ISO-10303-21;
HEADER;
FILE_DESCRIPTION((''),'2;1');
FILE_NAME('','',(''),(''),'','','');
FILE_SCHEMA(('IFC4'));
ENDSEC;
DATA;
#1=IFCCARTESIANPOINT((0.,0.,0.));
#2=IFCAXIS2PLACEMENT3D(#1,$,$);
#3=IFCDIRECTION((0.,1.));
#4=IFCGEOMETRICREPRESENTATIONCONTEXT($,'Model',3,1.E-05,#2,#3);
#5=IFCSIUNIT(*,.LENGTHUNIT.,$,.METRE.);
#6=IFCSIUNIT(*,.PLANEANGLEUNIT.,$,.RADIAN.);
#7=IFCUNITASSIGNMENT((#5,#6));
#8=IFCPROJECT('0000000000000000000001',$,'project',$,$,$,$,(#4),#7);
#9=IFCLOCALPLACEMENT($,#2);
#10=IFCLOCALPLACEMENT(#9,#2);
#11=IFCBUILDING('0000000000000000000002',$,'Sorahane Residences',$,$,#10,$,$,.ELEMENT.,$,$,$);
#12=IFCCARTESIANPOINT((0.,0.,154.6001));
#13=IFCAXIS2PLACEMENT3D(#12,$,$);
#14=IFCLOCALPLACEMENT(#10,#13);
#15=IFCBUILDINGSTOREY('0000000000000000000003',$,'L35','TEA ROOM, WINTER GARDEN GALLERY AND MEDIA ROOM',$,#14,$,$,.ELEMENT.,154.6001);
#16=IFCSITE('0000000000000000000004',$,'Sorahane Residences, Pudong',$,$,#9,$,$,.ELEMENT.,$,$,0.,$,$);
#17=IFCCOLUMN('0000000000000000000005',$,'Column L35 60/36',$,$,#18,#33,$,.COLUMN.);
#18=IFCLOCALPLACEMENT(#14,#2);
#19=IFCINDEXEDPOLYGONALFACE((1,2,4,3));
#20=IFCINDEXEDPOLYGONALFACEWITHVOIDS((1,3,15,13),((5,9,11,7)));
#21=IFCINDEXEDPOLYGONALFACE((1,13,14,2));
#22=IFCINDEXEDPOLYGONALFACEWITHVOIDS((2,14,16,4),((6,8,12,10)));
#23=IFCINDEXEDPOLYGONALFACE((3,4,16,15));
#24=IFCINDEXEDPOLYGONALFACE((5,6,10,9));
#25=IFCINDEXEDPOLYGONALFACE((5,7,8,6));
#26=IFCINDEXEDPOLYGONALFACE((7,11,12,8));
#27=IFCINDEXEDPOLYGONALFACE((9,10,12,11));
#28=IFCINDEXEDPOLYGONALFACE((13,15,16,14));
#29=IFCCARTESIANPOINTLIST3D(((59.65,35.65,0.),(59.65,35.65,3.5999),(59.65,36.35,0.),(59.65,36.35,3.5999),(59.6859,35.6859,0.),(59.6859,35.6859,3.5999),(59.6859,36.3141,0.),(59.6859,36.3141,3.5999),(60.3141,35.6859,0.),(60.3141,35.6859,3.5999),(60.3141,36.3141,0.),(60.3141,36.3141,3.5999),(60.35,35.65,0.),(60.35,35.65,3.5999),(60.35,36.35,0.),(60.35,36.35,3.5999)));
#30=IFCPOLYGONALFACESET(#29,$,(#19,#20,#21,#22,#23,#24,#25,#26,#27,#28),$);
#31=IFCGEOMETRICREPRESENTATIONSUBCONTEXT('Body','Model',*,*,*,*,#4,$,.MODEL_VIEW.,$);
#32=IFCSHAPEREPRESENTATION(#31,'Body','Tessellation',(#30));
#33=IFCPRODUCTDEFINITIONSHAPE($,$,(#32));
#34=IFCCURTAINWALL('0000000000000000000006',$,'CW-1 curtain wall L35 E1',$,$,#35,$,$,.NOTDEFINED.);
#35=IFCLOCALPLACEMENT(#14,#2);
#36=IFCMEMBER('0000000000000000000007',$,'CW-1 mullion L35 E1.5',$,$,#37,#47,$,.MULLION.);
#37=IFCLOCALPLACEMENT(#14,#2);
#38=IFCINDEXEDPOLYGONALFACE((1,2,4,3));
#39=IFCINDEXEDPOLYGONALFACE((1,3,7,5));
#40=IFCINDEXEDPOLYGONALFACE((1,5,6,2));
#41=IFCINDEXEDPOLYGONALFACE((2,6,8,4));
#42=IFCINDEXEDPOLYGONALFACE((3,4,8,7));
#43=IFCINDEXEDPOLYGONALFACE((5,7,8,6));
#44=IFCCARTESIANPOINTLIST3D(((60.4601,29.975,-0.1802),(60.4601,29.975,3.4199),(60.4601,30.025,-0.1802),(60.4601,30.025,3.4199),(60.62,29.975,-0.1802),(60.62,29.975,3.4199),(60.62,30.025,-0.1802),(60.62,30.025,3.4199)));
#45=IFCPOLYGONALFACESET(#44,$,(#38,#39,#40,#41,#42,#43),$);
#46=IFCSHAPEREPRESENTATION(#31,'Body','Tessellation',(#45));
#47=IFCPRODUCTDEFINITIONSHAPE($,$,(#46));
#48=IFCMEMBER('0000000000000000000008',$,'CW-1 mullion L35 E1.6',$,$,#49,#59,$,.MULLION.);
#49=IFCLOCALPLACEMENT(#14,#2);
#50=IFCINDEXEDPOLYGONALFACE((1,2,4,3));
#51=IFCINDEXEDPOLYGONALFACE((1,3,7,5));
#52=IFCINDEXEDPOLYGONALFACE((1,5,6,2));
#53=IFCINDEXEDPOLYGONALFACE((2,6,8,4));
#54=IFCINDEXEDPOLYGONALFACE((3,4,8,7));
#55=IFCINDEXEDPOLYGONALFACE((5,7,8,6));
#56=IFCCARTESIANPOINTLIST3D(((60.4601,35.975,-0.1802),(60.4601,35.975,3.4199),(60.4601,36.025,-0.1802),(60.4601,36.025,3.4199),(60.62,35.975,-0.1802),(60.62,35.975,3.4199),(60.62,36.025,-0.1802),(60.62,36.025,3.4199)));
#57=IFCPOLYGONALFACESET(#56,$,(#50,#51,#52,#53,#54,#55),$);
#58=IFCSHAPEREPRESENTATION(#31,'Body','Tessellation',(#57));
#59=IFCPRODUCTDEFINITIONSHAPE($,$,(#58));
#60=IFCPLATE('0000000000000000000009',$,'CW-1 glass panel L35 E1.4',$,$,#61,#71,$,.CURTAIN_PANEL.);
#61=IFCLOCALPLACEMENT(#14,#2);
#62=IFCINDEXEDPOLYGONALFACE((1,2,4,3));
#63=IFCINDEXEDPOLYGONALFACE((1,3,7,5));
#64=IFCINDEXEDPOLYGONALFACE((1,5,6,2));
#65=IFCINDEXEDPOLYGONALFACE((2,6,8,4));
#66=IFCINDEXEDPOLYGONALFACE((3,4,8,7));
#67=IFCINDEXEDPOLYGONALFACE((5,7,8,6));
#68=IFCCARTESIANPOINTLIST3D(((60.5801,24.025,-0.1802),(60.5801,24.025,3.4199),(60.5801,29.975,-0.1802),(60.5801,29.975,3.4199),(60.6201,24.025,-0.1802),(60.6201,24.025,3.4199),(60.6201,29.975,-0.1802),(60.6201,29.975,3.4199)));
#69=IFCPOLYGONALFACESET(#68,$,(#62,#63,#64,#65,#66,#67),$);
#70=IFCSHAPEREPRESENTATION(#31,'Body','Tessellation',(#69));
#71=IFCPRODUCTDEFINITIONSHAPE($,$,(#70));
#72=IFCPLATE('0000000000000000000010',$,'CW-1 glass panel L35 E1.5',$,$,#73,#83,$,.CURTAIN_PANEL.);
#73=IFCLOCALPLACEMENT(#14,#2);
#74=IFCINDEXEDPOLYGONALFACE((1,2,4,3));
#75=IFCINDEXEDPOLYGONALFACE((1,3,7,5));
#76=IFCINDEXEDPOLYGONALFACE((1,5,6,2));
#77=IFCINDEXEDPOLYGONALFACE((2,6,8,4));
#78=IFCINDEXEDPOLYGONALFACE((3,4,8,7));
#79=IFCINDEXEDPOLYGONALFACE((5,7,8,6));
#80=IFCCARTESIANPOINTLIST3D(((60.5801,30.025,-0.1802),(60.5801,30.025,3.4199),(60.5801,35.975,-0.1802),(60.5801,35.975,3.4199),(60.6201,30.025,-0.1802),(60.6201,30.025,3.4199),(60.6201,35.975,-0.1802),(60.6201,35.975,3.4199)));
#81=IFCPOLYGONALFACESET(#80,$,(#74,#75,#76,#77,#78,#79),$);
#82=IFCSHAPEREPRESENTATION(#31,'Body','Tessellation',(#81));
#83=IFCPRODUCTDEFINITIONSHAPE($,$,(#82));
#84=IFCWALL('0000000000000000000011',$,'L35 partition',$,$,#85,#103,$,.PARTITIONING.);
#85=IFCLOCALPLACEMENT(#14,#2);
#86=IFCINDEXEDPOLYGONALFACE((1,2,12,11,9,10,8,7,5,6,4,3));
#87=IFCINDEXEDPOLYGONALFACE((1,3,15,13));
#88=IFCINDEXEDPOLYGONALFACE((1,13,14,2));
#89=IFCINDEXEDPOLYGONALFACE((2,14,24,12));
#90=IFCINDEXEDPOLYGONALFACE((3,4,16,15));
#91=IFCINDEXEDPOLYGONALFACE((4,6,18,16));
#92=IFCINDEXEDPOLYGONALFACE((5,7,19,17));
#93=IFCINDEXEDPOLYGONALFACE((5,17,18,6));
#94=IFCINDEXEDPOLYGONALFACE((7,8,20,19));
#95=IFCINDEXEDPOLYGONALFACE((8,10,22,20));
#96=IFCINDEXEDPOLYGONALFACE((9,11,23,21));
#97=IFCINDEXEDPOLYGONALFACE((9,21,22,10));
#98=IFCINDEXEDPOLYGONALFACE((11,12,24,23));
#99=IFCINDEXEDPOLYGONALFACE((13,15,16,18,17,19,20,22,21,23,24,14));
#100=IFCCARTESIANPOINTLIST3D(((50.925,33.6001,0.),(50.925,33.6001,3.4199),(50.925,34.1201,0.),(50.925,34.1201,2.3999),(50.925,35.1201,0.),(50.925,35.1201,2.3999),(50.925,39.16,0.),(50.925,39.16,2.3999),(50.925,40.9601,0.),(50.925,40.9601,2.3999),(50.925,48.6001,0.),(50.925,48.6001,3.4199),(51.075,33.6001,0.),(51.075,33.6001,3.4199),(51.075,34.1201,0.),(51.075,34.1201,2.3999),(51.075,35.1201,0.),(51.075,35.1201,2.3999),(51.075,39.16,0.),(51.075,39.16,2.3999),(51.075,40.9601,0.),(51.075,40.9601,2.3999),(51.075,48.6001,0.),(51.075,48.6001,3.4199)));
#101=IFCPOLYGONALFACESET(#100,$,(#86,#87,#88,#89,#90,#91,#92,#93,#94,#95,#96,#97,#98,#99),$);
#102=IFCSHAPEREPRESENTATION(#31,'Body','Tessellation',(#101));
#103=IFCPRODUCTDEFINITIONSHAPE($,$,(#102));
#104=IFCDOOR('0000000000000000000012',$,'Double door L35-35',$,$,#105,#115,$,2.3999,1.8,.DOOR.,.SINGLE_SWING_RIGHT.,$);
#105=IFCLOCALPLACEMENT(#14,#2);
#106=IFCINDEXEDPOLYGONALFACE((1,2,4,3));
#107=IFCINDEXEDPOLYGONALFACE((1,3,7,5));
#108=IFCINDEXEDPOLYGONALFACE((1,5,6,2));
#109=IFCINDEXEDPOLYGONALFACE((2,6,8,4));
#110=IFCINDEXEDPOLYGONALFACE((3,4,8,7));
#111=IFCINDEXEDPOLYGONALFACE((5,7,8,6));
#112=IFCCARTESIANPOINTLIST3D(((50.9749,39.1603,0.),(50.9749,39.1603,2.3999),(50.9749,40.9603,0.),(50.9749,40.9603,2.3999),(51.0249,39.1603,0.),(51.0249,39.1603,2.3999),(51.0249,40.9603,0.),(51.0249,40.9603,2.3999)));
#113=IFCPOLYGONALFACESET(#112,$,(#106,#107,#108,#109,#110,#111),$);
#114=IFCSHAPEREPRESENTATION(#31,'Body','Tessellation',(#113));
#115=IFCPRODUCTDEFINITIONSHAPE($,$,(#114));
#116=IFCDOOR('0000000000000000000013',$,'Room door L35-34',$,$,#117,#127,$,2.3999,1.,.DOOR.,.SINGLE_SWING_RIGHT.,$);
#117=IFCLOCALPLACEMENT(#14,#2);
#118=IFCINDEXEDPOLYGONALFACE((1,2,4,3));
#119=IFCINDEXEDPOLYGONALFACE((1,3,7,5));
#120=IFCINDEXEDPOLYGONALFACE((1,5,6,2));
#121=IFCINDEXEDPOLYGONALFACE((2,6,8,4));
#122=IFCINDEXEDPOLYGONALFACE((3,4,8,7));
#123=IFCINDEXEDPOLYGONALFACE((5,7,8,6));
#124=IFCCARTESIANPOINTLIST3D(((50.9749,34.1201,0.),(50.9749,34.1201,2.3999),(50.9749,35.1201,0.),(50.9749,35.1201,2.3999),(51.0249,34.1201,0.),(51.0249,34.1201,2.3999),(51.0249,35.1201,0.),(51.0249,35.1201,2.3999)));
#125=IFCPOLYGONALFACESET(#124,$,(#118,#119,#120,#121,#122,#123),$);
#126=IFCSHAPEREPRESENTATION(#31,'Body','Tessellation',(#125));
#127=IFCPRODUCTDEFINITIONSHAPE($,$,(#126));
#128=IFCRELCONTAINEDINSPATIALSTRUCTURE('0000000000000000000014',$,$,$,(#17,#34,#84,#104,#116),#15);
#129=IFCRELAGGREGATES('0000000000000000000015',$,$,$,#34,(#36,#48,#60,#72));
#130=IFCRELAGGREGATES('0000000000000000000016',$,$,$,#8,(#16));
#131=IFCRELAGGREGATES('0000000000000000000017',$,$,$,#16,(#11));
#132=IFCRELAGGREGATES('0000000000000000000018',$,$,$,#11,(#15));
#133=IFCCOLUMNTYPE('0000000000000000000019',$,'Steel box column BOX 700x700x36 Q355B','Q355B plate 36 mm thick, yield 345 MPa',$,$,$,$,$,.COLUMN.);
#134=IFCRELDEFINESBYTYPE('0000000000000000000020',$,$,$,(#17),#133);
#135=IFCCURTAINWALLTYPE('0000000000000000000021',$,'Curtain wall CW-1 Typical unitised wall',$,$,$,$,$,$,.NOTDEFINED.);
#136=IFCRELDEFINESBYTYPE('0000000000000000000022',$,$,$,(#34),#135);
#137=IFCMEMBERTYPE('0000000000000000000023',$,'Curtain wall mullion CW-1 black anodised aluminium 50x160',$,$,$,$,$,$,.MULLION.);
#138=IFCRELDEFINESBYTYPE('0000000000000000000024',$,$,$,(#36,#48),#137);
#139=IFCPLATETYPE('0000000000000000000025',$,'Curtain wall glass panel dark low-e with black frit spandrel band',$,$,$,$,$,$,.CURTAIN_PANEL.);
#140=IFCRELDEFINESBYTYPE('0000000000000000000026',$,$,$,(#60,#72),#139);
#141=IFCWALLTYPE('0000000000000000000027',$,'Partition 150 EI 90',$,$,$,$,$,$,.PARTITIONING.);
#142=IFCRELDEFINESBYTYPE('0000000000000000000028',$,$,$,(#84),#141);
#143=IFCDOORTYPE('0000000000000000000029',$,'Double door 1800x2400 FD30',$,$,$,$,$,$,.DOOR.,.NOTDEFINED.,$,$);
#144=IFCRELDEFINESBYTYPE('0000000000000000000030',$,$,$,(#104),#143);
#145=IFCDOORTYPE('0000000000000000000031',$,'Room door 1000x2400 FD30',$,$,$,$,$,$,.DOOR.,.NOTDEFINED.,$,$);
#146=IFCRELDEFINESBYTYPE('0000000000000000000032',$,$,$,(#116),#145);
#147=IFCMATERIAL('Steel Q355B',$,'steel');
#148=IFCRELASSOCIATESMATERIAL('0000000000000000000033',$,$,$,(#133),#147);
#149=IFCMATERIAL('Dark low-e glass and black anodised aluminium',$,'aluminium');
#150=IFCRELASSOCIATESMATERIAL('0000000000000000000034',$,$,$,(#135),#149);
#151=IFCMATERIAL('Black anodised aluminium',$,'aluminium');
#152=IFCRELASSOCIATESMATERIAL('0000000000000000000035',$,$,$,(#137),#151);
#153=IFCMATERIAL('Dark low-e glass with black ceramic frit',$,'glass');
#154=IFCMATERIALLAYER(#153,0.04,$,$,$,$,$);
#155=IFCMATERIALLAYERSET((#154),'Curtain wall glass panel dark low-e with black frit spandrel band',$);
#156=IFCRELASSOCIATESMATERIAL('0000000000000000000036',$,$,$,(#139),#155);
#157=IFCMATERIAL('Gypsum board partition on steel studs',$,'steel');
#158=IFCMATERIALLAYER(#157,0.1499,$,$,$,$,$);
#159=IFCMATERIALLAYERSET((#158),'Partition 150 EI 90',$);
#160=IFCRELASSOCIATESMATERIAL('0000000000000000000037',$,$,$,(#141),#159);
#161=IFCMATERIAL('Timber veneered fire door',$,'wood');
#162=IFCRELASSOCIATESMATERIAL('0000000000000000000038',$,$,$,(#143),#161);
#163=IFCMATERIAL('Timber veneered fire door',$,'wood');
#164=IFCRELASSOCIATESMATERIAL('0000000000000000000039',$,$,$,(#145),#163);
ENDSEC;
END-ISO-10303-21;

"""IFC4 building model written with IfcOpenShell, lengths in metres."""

from ifc_helpers import new_model, si_unit, direction, frame, frame_2d, origin, origin_2d, place, context, subcontext, project, spatial, rectangle, hollow_rectangle, extrude, material, layer, layer_set, material_profile, profile_set, type_object, element, fill, aggregate, save


model = new_model("IFC4")

# Units and contexts
model_context = context("Model", 3, precision=1e-05, world=origin(), true_north=direction((0.0, 1.0)))
body_context = subcontext(model_context, "Body", "Model", "MODEL_VIEW")
ifc_project = project(units=[si_unit("LENGTHUNIT", "METRE"), si_unit("PLANEANGLEUNIT", "RADIAN")], contexts=[model_context])

# Site, building, storey
site_placement = place(None, origin())
site = spatial("IfcSite", under=ifc_project, at=site_placement, Name="Sorahane Residences, Pudong", CompositionType="ELEMENT", RefElevation=0.0)
building_placement = place(site_placement, origin())
building = spatial("IfcBuilding", under=site, at=building_placement, Name="Sorahane Residences", CompositionType="ELEMENT")
storey_placement = place(building_placement, frame((0.0, 0.0, 154.6001)))
storey = spatial("IfcBuildingStorey", under=building, at=storey_placement, Name="L35", Description="TEA ROOM, WINTER GARDEN GALLERY AND MEDIA ROOM", CompositionType="ELEMENT", Elevation=154.6001)

# Column
ifc_material_1 = material(Name="Steel Q355B", Category="steel")
ifc_material_profile_1 = material_profile(ifc_material_1, hollow_rectangle(XDim=0.7, YDim=0.7, WallThickness=0.0359, at=origin_2d()), Name="BOX 700x700x36")
ifc_profile_set_1 = profile_set([ifc_material_profile_1], Name="Steel Q355B")
column_type = type_object("IfcColumnType", Name="Steel box column BOX 700x700x36 Q355B", Description="Q355B plate 36 mm thick, yield 345 MPa", PredefinedType="COLUMN", material=ifc_profile_set_1)
column_placement = place(storey_placement, frame((60.0, 36.0, 0.0), z_axis=(0.0, 0.0, 1.0), x_axis=(1.0, 0.0, 0.0)))
element("IfcColumn", 1, at=column_placement, inside=storey, type_object=column_type, Name="Column L35 60/36", PredefinedType="COLUMN", context=body_context, shape_type="SweptSolid", body=[
    extrude(hollow_rectangle(XDim=0.7, YDim=0.7, WallThickness=0.0359, at=origin_2d()), origin(), (0.0, 0.0, 1.0), 3.5999),
])

# Curtain wall, members, plates
ifc_material_2 = material(Name="Dark low-e glass and black anodised aluminium", Category="aluminium")
curtain_wall_type = type_object("IfcCurtainWallType", Name="Curtain wall CW-1 Typical unitised wall", PredefinedType="NOTDEFINED", material=ifc_material_2)
curtain_wall_placement = place(storey_placement, origin())
curtain_wall = element("IfcCurtainWall", 2, at=curtain_wall_placement, inside=storey, type_object=curtain_wall_type, Name="CW-1 curtain wall L35 E1", PredefinedType="NOTDEFINED")
ifc_material_3 = material(Name="Black anodised aluminium", Category="aluminium")
ifc_material_profile_2 = material_profile(ifc_material_3, rectangle(XDim=0.1599, YDim=0.05, at=origin_2d()), Name="Curtain wall mullion CW-1 black anodised aluminium 50x160")
ifc_profile_set_2 = profile_set([ifc_material_profile_2], Name="Black anodised aluminium")
member_type = type_object("IfcMemberType", Name="Curtain wall mullion CW-1 black anodised aluminium 50x160", PredefinedType="MULLION", material=ifc_profile_set_2)
member_1_placement = place(storey_placement, frame((60.54, 30.0, -0.1802), z_axis=(0.0, 0.0, 1.0), x_axis=(1.0, 0.0, 0.0)))
member_1 = element("IfcMember", 3, at=member_1_placement, type_object=member_type, Name="CW-1 mullion L35 E1.5", PredefinedType="MULLION", context=body_context, shape_type="SweptSolid", body=[
    extrude(rectangle(XDim=0.1599, YDim=0.05, at=origin_2d()), origin(), (0.0, 0.0, 1.0), 3.6001),
])
member_2_placement = place(storey_placement, frame((60.54, 36.0, -0.1802), z_axis=(0.0, 0.0, 1.0), x_axis=(1.0, 0.0, 0.0)))
member_2 = element("IfcMember", 4, at=member_2_placement, type_object=member_type, Name="CW-1 mullion L35 E1.6", PredefinedType="MULLION", context=body_context, shape_type="SweptSolid", body=[
    extrude(rectangle(XDim=0.1599, YDim=0.05, at=origin_2d()), origin(), (0.0, 0.0, 1.0), 3.6001),
])
ifc_material_4 = material(Name="Dark low-e glass with black ceramic frit", Category="glass")
ifc_layer_1 = layer(ifc_material_4, 0.04)
ifc_layer_set_1 = layer_set([ifc_layer_1], Name="Curtain wall glass panel dark low-e with black frit spandrel band")
plate_type = type_object("IfcPlateType", Name="Curtain wall glass panel dark low-e with black frit spandrel band", PredefinedType="CURTAIN_PANEL", material=ifc_layer_set_1)
plate_1_placement = place(storey_placement, frame((60.6001, 27.0, -0.1802), z_axis=(0.0, 0.0, 1.0), x_axis=(0.0, 1.0, 0.0)))
plate_1 = element("IfcPlate", 5, at=plate_1_placement, type_object=plate_type, Name="CW-1 glass panel L35 E1.4", PredefinedType="CURTAIN_PANEL", context=body_context, shape_type="SweptSolid", body=[
    extrude(rectangle(XDim=5.95, YDim=0.04, at=origin_2d()), origin(), (0.0, 0.0, 1.0), 3.6001),
])
plate_2_placement = place(storey_placement, frame((60.6001, 33.0, -0.1802), z_axis=(0.0, 0.0, 1.0), x_axis=(0.0, 1.0, 0.0)))
plate_2 = element("IfcPlate", 6, at=plate_2_placement, type_object=plate_type, Name="CW-1 glass panel L35 E1.5", PredefinedType="CURTAIN_PANEL", context=body_context, shape_type="SweptSolid", body=[
    extrude(rectangle(XDim=5.95, YDim=0.04, at=origin_2d()), origin(), (0.0, 0.0, 1.0), 3.6001),
])
aggregate(curtain_wall, [member_1, member_2, plate_1, plate_2])

# Wall, openings, doors
ifc_material_5 = material(Name="Gypsum board partition on steel studs", Category="steel")
ifc_layer_2 = layer(ifc_material_5, 0.1499)
ifc_layer_set_2 = layer_set([ifc_layer_2], Name="Partition 150 EI 90")
wall_type_1 = type_object("IfcWallType", Name="Partition 150 EI 90", PredefinedType="PARTITIONING", material=ifc_layer_set_2)
wall_1_placement = place(storey_placement, frame((51.0, 33.6001, 0.0), z_axis=(0.0, 0.0, 1.0), x_axis=(0.0, 1.0, 0.0)))
wall_1 = element("IfcWall", 7, at=wall_1_placement, inside=storey, type_object=wall_type_1, Name="L35 partition", PredefinedType="PARTITIONING", context=body_context, shape_type="SweptSolid", body=[
    extrude(rectangle(XDim=15.0, YDim=0.1499, at=frame_2d((7.5, 0.0))), origin(), (0.0, 0.0, 1.0), 3.4199),
])
opening_1_placement = place(wall_1_placement, frame((0.52, 0.0, 0.0)))
opening_1 = element("IfcOpeningElement", 8, at=opening_1_placement, cuts=wall_1, PredefinedType="OPENING", context=body_context, shape_type="SweptSolid", body=[
    extrude(rectangle(XDim=1.0, YDim=2.3999, at=frame_2d((0.5, 1.2))), frame((0.0, 0.085, 0.0), z_axis=(0.0, -1.0, 0.0), x_axis=(1.0, 0.0, 0.0)), (0.0, 0.0, 1.0), 0.1699),
])
opening_2_placement = place(wall_1_placement, frame((5.5601, 0.0, 0.0)))
opening_2 = element("IfcOpeningElement", 9, at=opening_2_placement, cuts=wall_1, PredefinedType="OPENING", context=body_context, shape_type="SweptSolid", body=[
    extrude(rectangle(XDim=1.8, YDim=2.3999, at=frame_2d((0.8999, 1.2))), frame((0.0, 0.085, 0.0), z_axis=(0.0, -1.0, 0.0), x_axis=(1.0, 0.0, 0.0)), (0.0, 0.0, 1.0), 0.1699),
])
ifc_material_6 = material(Name="Timber veneered fire door", Category="wood")
door_type_1 = type_object("IfcDoorType", Name="Double door 1800x2400 FD30", OperationType="NOTDEFINED", PredefinedType="DOOR", material=ifc_material_6)
door_1_placement = place(opening_2_placement, frame((1.8, 0.0, 0.0), z_axis=(0.0, 0.0, 1.0), x_axis=(-1.0, 0.0, 0.0)))
door_1 = element("IfcDoor", 10, at=door_1_placement, inside=storey, type_object=door_type_1, Name="Double door L35-35", OperationType="SINGLE_SWING_RIGHT", OverallHeight=2.3999, OverallWidth=1.8, PredefinedType="DOOR", context=body_context, shape_type="SweptSolid", body=[
    extrude(rectangle(XDim=1.8, YDim=2.3999, at=frame_2d((0.8999, 1.2))), frame((0.0, 0.0249, 0.0), z_axis=(0.0, -1.0, 0.0), x_axis=(1.0, 0.0, 0.0)), (0.0, 0.0, 1.0), 0.05),
])
fill(opening_2, door_1)
ifc_material_7 = material(Name="Timber veneered fire door", Category="wood")
door_type_2 = type_object("IfcDoorType", Name="Room door 1000x2400 FD30", OperationType="NOTDEFINED", PredefinedType="DOOR", material=ifc_material_7)
door_2_placement = place(opening_1_placement, frame((1.0, 0.0, 0.0), z_axis=(0.0, 0.0, 1.0), x_axis=(-1.0, 0.0, 0.0)))
door_2 = element("IfcDoor", 11, at=door_2_placement, inside=storey, type_object=door_type_2, Name="Room door L35-34", OperationType="SINGLE_SWING_RIGHT", OverallHeight=2.3999, OverallWidth=1.0, PredefinedType="DOOR", context=body_context, shape_type="SweptSolid", body=[
    extrude(rectangle(XDim=1.0, YDim=2.3999, at=frame_2d((0.5, 1.2))), frame((0.0, 0.0249, 0.0), z_axis=(0.0, -1.0, 0.0), x_axis=(1.0, 0.0, 0.0)), (0.0, 0.0, 1.0), 0.05),
])
fill(opening_1, door_2)

save(model, "model.ifc")
